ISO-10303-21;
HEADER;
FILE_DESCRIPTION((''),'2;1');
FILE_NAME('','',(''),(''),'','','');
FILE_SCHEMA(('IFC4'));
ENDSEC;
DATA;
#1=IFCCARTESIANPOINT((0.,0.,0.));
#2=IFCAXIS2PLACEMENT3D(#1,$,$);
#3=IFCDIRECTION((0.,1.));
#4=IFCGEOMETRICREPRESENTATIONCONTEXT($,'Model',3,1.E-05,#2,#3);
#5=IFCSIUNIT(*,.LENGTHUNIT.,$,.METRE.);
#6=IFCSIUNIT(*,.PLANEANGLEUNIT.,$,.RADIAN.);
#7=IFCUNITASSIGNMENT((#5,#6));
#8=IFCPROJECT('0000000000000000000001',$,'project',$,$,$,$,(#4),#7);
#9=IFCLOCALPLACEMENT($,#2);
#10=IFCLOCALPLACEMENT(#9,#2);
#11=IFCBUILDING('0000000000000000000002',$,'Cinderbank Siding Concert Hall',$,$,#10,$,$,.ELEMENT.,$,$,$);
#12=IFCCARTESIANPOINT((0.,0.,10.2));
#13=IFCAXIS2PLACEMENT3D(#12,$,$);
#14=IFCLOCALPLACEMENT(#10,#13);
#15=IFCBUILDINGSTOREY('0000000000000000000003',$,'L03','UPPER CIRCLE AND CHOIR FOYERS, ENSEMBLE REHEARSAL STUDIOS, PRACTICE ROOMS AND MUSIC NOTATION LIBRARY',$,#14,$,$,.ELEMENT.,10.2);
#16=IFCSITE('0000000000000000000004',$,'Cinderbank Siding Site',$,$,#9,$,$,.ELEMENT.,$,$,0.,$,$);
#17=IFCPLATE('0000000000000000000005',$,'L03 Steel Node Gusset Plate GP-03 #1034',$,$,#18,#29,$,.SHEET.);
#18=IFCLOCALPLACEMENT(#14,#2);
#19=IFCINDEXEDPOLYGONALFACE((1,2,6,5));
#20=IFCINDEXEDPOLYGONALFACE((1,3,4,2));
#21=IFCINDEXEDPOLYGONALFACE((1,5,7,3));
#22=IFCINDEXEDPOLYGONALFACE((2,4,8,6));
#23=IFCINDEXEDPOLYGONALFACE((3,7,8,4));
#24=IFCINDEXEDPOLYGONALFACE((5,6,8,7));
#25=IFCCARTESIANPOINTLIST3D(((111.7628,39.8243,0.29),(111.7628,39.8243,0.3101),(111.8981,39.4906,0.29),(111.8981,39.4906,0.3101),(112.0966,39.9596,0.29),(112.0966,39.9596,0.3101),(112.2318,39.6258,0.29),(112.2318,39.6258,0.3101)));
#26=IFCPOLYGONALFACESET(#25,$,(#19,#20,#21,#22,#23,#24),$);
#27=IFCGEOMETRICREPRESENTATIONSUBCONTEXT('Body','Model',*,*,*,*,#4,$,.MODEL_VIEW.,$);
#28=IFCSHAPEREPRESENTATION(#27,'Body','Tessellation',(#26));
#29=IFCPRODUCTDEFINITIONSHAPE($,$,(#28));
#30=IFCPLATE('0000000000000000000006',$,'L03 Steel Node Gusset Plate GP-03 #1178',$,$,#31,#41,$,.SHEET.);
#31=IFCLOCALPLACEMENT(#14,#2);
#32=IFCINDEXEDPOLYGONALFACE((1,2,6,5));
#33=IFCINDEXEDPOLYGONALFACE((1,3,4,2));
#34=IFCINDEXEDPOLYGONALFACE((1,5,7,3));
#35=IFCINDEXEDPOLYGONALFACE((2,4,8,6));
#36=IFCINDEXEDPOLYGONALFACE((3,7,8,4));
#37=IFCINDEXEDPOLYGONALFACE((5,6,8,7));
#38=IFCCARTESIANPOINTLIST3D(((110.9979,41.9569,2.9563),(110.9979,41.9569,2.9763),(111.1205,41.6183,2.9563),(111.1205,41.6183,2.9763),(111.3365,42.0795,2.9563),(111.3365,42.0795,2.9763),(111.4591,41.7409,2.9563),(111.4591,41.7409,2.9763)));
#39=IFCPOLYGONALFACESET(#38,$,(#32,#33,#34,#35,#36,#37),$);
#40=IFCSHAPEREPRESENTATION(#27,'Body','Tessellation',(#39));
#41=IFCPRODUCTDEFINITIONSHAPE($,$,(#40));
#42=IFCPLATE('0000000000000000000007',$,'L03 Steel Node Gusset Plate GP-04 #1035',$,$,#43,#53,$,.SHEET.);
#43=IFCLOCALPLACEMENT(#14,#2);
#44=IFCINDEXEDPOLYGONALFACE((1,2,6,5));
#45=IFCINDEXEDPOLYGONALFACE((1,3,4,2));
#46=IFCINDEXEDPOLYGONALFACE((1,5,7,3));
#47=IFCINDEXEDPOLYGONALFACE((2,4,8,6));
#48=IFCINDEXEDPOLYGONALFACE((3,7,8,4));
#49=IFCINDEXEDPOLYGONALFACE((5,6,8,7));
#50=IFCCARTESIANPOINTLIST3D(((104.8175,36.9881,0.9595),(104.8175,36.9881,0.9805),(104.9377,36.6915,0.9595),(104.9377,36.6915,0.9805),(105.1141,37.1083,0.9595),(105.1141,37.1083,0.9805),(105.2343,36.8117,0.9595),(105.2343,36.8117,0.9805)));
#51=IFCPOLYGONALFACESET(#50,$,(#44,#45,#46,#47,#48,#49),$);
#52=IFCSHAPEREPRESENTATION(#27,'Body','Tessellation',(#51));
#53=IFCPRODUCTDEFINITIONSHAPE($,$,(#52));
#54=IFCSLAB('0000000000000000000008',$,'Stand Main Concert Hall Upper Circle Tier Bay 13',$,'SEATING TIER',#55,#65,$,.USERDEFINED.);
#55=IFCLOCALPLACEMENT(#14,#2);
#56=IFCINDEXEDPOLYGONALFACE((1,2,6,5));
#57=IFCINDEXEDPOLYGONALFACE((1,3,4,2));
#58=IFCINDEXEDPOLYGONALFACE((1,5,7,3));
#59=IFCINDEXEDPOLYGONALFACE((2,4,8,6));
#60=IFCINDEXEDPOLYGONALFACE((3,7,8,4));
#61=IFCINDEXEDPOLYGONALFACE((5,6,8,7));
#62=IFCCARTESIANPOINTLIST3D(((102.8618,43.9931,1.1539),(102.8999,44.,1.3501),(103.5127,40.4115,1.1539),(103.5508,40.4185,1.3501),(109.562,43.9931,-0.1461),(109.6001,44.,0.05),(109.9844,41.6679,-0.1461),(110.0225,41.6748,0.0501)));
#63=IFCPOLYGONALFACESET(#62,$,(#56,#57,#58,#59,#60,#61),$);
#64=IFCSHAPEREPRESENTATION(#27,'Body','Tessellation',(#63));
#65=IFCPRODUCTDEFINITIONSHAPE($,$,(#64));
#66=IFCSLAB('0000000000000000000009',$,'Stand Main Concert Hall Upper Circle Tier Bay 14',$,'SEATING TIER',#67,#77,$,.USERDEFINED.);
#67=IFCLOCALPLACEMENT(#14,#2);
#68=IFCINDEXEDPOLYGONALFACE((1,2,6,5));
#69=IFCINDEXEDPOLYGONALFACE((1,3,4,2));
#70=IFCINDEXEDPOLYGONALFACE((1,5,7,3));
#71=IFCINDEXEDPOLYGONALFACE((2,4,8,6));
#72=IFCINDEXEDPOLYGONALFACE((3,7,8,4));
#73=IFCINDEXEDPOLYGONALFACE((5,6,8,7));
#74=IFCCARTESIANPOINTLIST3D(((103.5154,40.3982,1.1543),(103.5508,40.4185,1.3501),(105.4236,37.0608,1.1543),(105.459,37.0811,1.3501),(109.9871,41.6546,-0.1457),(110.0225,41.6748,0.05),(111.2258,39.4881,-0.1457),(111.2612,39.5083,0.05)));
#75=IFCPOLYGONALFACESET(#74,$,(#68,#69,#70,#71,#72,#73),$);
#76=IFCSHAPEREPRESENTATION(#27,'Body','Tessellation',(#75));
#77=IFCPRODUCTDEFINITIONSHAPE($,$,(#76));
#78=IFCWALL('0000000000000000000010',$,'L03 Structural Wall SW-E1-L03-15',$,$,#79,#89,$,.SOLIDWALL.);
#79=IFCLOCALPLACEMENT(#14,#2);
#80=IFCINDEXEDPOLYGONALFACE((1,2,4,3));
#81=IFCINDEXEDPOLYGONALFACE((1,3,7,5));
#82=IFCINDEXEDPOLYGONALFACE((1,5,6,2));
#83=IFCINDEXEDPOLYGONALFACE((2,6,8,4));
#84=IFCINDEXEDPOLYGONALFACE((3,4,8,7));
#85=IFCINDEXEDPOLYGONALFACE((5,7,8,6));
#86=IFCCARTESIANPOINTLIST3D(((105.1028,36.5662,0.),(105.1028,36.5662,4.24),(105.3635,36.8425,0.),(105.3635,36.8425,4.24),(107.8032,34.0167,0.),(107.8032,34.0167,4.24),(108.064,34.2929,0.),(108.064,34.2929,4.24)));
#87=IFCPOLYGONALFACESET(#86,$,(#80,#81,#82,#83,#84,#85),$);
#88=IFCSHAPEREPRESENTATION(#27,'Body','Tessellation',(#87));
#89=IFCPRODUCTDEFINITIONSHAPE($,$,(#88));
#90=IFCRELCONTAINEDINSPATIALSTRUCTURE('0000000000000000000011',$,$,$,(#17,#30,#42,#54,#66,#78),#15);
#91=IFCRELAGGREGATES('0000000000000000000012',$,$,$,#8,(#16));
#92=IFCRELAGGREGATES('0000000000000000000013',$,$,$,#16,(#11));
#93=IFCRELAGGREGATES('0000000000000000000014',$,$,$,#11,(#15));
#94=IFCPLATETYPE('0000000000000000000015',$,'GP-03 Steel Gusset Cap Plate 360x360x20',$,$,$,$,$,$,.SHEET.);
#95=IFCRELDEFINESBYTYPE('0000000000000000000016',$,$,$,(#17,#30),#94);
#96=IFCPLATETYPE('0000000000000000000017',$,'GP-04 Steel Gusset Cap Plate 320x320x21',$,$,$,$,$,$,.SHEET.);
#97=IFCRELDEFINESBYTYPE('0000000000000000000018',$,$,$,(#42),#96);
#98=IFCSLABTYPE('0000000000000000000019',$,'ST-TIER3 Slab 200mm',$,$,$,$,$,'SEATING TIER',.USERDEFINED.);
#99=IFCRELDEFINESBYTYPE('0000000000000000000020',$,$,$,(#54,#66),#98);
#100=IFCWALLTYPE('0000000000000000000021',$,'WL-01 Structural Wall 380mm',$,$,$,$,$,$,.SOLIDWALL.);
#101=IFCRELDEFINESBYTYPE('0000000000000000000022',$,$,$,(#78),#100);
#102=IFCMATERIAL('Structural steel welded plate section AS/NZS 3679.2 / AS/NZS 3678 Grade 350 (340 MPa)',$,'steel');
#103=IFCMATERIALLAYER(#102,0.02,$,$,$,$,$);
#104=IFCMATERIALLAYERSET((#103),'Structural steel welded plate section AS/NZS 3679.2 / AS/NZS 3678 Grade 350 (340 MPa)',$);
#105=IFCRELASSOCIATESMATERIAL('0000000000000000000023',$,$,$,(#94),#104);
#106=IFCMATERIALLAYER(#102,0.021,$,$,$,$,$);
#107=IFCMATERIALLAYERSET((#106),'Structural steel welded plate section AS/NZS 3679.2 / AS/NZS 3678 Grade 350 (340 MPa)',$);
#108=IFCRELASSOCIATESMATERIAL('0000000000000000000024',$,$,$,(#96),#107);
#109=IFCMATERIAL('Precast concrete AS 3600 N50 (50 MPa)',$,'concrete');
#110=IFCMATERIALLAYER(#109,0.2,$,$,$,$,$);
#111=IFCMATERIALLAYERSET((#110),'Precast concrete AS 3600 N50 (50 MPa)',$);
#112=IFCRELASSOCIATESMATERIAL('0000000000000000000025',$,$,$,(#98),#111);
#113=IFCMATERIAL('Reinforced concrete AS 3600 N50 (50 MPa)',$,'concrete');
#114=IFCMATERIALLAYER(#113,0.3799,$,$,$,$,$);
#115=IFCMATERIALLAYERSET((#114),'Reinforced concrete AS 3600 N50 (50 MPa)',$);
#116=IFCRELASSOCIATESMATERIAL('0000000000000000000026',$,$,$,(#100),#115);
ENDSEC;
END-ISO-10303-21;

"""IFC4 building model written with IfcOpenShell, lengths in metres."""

from ifc_helpers import new_model, si_unit, direction, frame, frame_2d, origin, origin_2d, place, context, subcontext, project, spatial, polyline, rectangle, outline, extrude, material, layer, layer_set, type_object, element, save


model = new_model("IFC4")

# Units and contexts
model_context = context("Model", 3, precision=1e-05, world=origin(), true_north=direction((0.0, 1.0)))
body_context = subcontext(model_context, "Body", "Model", "MODEL_VIEW")
ifc_project = project(units=[si_unit("LENGTHUNIT", "METRE"), si_unit("PLANEANGLEUNIT", "RADIAN")], contexts=[model_context])

# Site, building, storey
site_placement = place(None, origin())
site = spatial("IfcSite", under=ifc_project, at=site_placement, Name="Cinderbank Siding Site", CompositionType="ELEMENT", RefElevation=0.0)
building_placement = place(site_placement, origin())
building = spatial("IfcBuilding", under=site, at=building_placement, Name="Cinderbank Siding Concert Hall", CompositionType="ELEMENT")
storey_placement = place(building_placement, frame((0.0, 0.0, 10.2)))
storey = spatial("IfcBuildingStorey", under=building, at=storey_placement, Name="L03", Description="UPPER CIRCLE AND CHOIR FOYERS, ENSEMBLE REHEARSAL STUDIOS, PRACTICE ROOMS AND MUSIC NOTATION LIBRARY", CompositionType="ELEMENT", Elevation=10.2)

# Shared definitions
ifc_material_1 = material(Name="Reinforced concrete AS 3600 N50 (50 MPa)", Category="concrete")

# Plates
ifc_material_2 = material(Name="Structural steel welded plate section AS/NZS 3679.2 / AS/NZS 3678 Grade 350 (340 MPa)", Category="steel")
ifc_layer_1 = layer(ifc_material_2, 0.02)
ifc_layer_set_1 = layer_set([ifc_layer_1], Name="Structural steel welded plate section AS/NZS 3679.2 / AS/NZS 3678 Grade 350 (340 MPa)")
plate_type_1 = type_object("IfcPlateType", Name="GP-03 Steel Gusset Cap Plate 360x360x20", PredefinedType="SHEET", material=ifc_layer_set_1)
for number, where, z_axis, x_axis, name in (
    (1, (111.9973, 39.7251, 0.29), (0.0, 0.0, 1.0), (-0.926791, -0.375577, 0.0), "L03 Steel Node Gusset Plate GP-03 #1034"),
    (2, (111.2285, 41.8489, 2.9563), (0.0, 0.0, 1.0), (-0.34038, 0.940288, 0.0), "L03 Steel Node Gusset Plate GP-03 #1178"),
):
    element("IfcPlate", number, at=place(storey_placement, frame(where, z_axis=z_axis, x_axis=x_axis)), inside=storey, type_object=plate_type_1, Name=name, PredefinedType="SHEET", context=body_context, shape_type="SweptSolid", body=[
        extrude(rectangle(XDim=0.3601, YDim=0.3601, at=origin_2d()), origin(), (0.0, 0.0, 1.0), 0.02),
    ])
ifc_layer_2 = layer(ifc_material_2, 0.021)
ifc_layer_set_2 = layer_set([ifc_layer_2], Name="Structural steel welded plate section AS/NZS 3679.2 / AS/NZS 3678 Grade 350 (340 MPa)")
plate_type_2 = type_object("IfcPlateType", Name="GP-04 Steel Gusset Cap Plate 320x320x21", PredefinedType="SHEET", material=ifc_layer_set_2)
plate_placement = place(storey_placement, frame((105.0259, 36.8999, 0.9595), z_axis=(0.0, 0.0, 1.0), x_axis=(-0.926791, -0.375577, 0.0)))
element("IfcPlate", 3, at=plate_placement, inside=storey, type_object=plate_type_2, Name="L03 Steel Node Gusset Plate GP-04 #1035", PredefinedType="SHEET", context=body_context, shape_type="SweptSolid", body=[
    extrude(rectangle(XDim=0.3201, YDim=0.3201, at=origin_2d()), origin(), (0.0, 0.0, 1.0), 0.021),
])

# Slabs
ifc_material_3 = material(Name="Precast concrete AS 3600 N50 (50 MPa)", Category="concrete")
ifc_layer_3 = layer(ifc_material_3, 0.2)
ifc_layer_set_3 = layer_set([ifc_layer_3], Name="Precast concrete AS 3600 N50 (50 MPa)")
slab_type = type_object("IfcSlabType", Name="ST-TIER3 Slab 200mm", ElementType="SEATING TIER", PredefinedType="USERDEFINED", material=ifc_layer_set_3)
slab_1_placement = place(storey_placement, frame((109.6001, 44.0, 0.05), z_axis=(0.190368, 0.03459, 0.981103), x_axis=(0.178724, -0.983899, 0.000009)))
element("IfcSlab", 4, at=slab_1_placement, inside=storey, type_object=slab_type, Name="Stand Main Concert Hall Upper Circle Tier Bay 13", ObjectType="SEATING TIER", PredefinedType="USERDEFINED", context=body_context, shape_type="SweptSolid", body=[
    extrude(outline(polyline([(0.0, 0.0), (2.3632, 0.0), (2.4427, -6.719), (-1.1975, -6.7193), (0.0, 0.0)])), origin(), (0.0, 0.0, -1.0), 0.2),
])
slab_2_placement = place(storey_placement, frame((110.0225, 41.6748, 0.05), z_axis=(0.177013, 0.101211, 0.978991), x_axis=(0.49637, -0.868111, -0.000002)))
element("IfcSlab", 5, at=slab_2_placement, inside=storey, type_object=slab_type, Name="Stand Main Concert Hall Upper Circle Tier Bay 14", ObjectType="SEATING TIER", PredefinedType="USERDEFINED", context=body_context, shape_type="SweptSolid", body=[
    extrude(outline(polyline([(0.0, 0.0), (2.4957, 0.0), (1.7227, -6.3758), (-2.1217, -6.3757), (0.0, 0.0)])), origin(), (0.0, 0.0, -1.0), 0.2),
])

# Wall
ifc_layer_4 = layer(ifc_material_1, 0.3799)
ifc_layer_set_4 = layer_set([ifc_layer_4], Name="Reinforced concrete AS 3600 N50 (50 MPa)")
wall_type = type_object("IfcWallType", Name="WL-01 Structural Wall 380mm", PredefinedType="SOLIDWALL", material=ifc_layer_set_4)
wall_placement = place(storey_placement, frame((105.2332, 36.7043, 0.0), z_axis=(0.0, 0.0, 1.0), x_axis=(0.727128, -0.686502, 0.0)))
element("IfcWall", 6, at=wall_placement, inside=storey, type_object=wall_type, Name="L03 Structural Wall SW-E1-L03-15", PredefinedType="SOLIDWALL", context=body_context, shape_type="SweptSolid", body=[
    extrude(rectangle(XDim=3.7139, YDim=0.3799, at=frame_2d((1.8569, 0.0))), origin(), (0.0, 0.0, 1.0), 4.24),
])

save(model, "model.ifc")
